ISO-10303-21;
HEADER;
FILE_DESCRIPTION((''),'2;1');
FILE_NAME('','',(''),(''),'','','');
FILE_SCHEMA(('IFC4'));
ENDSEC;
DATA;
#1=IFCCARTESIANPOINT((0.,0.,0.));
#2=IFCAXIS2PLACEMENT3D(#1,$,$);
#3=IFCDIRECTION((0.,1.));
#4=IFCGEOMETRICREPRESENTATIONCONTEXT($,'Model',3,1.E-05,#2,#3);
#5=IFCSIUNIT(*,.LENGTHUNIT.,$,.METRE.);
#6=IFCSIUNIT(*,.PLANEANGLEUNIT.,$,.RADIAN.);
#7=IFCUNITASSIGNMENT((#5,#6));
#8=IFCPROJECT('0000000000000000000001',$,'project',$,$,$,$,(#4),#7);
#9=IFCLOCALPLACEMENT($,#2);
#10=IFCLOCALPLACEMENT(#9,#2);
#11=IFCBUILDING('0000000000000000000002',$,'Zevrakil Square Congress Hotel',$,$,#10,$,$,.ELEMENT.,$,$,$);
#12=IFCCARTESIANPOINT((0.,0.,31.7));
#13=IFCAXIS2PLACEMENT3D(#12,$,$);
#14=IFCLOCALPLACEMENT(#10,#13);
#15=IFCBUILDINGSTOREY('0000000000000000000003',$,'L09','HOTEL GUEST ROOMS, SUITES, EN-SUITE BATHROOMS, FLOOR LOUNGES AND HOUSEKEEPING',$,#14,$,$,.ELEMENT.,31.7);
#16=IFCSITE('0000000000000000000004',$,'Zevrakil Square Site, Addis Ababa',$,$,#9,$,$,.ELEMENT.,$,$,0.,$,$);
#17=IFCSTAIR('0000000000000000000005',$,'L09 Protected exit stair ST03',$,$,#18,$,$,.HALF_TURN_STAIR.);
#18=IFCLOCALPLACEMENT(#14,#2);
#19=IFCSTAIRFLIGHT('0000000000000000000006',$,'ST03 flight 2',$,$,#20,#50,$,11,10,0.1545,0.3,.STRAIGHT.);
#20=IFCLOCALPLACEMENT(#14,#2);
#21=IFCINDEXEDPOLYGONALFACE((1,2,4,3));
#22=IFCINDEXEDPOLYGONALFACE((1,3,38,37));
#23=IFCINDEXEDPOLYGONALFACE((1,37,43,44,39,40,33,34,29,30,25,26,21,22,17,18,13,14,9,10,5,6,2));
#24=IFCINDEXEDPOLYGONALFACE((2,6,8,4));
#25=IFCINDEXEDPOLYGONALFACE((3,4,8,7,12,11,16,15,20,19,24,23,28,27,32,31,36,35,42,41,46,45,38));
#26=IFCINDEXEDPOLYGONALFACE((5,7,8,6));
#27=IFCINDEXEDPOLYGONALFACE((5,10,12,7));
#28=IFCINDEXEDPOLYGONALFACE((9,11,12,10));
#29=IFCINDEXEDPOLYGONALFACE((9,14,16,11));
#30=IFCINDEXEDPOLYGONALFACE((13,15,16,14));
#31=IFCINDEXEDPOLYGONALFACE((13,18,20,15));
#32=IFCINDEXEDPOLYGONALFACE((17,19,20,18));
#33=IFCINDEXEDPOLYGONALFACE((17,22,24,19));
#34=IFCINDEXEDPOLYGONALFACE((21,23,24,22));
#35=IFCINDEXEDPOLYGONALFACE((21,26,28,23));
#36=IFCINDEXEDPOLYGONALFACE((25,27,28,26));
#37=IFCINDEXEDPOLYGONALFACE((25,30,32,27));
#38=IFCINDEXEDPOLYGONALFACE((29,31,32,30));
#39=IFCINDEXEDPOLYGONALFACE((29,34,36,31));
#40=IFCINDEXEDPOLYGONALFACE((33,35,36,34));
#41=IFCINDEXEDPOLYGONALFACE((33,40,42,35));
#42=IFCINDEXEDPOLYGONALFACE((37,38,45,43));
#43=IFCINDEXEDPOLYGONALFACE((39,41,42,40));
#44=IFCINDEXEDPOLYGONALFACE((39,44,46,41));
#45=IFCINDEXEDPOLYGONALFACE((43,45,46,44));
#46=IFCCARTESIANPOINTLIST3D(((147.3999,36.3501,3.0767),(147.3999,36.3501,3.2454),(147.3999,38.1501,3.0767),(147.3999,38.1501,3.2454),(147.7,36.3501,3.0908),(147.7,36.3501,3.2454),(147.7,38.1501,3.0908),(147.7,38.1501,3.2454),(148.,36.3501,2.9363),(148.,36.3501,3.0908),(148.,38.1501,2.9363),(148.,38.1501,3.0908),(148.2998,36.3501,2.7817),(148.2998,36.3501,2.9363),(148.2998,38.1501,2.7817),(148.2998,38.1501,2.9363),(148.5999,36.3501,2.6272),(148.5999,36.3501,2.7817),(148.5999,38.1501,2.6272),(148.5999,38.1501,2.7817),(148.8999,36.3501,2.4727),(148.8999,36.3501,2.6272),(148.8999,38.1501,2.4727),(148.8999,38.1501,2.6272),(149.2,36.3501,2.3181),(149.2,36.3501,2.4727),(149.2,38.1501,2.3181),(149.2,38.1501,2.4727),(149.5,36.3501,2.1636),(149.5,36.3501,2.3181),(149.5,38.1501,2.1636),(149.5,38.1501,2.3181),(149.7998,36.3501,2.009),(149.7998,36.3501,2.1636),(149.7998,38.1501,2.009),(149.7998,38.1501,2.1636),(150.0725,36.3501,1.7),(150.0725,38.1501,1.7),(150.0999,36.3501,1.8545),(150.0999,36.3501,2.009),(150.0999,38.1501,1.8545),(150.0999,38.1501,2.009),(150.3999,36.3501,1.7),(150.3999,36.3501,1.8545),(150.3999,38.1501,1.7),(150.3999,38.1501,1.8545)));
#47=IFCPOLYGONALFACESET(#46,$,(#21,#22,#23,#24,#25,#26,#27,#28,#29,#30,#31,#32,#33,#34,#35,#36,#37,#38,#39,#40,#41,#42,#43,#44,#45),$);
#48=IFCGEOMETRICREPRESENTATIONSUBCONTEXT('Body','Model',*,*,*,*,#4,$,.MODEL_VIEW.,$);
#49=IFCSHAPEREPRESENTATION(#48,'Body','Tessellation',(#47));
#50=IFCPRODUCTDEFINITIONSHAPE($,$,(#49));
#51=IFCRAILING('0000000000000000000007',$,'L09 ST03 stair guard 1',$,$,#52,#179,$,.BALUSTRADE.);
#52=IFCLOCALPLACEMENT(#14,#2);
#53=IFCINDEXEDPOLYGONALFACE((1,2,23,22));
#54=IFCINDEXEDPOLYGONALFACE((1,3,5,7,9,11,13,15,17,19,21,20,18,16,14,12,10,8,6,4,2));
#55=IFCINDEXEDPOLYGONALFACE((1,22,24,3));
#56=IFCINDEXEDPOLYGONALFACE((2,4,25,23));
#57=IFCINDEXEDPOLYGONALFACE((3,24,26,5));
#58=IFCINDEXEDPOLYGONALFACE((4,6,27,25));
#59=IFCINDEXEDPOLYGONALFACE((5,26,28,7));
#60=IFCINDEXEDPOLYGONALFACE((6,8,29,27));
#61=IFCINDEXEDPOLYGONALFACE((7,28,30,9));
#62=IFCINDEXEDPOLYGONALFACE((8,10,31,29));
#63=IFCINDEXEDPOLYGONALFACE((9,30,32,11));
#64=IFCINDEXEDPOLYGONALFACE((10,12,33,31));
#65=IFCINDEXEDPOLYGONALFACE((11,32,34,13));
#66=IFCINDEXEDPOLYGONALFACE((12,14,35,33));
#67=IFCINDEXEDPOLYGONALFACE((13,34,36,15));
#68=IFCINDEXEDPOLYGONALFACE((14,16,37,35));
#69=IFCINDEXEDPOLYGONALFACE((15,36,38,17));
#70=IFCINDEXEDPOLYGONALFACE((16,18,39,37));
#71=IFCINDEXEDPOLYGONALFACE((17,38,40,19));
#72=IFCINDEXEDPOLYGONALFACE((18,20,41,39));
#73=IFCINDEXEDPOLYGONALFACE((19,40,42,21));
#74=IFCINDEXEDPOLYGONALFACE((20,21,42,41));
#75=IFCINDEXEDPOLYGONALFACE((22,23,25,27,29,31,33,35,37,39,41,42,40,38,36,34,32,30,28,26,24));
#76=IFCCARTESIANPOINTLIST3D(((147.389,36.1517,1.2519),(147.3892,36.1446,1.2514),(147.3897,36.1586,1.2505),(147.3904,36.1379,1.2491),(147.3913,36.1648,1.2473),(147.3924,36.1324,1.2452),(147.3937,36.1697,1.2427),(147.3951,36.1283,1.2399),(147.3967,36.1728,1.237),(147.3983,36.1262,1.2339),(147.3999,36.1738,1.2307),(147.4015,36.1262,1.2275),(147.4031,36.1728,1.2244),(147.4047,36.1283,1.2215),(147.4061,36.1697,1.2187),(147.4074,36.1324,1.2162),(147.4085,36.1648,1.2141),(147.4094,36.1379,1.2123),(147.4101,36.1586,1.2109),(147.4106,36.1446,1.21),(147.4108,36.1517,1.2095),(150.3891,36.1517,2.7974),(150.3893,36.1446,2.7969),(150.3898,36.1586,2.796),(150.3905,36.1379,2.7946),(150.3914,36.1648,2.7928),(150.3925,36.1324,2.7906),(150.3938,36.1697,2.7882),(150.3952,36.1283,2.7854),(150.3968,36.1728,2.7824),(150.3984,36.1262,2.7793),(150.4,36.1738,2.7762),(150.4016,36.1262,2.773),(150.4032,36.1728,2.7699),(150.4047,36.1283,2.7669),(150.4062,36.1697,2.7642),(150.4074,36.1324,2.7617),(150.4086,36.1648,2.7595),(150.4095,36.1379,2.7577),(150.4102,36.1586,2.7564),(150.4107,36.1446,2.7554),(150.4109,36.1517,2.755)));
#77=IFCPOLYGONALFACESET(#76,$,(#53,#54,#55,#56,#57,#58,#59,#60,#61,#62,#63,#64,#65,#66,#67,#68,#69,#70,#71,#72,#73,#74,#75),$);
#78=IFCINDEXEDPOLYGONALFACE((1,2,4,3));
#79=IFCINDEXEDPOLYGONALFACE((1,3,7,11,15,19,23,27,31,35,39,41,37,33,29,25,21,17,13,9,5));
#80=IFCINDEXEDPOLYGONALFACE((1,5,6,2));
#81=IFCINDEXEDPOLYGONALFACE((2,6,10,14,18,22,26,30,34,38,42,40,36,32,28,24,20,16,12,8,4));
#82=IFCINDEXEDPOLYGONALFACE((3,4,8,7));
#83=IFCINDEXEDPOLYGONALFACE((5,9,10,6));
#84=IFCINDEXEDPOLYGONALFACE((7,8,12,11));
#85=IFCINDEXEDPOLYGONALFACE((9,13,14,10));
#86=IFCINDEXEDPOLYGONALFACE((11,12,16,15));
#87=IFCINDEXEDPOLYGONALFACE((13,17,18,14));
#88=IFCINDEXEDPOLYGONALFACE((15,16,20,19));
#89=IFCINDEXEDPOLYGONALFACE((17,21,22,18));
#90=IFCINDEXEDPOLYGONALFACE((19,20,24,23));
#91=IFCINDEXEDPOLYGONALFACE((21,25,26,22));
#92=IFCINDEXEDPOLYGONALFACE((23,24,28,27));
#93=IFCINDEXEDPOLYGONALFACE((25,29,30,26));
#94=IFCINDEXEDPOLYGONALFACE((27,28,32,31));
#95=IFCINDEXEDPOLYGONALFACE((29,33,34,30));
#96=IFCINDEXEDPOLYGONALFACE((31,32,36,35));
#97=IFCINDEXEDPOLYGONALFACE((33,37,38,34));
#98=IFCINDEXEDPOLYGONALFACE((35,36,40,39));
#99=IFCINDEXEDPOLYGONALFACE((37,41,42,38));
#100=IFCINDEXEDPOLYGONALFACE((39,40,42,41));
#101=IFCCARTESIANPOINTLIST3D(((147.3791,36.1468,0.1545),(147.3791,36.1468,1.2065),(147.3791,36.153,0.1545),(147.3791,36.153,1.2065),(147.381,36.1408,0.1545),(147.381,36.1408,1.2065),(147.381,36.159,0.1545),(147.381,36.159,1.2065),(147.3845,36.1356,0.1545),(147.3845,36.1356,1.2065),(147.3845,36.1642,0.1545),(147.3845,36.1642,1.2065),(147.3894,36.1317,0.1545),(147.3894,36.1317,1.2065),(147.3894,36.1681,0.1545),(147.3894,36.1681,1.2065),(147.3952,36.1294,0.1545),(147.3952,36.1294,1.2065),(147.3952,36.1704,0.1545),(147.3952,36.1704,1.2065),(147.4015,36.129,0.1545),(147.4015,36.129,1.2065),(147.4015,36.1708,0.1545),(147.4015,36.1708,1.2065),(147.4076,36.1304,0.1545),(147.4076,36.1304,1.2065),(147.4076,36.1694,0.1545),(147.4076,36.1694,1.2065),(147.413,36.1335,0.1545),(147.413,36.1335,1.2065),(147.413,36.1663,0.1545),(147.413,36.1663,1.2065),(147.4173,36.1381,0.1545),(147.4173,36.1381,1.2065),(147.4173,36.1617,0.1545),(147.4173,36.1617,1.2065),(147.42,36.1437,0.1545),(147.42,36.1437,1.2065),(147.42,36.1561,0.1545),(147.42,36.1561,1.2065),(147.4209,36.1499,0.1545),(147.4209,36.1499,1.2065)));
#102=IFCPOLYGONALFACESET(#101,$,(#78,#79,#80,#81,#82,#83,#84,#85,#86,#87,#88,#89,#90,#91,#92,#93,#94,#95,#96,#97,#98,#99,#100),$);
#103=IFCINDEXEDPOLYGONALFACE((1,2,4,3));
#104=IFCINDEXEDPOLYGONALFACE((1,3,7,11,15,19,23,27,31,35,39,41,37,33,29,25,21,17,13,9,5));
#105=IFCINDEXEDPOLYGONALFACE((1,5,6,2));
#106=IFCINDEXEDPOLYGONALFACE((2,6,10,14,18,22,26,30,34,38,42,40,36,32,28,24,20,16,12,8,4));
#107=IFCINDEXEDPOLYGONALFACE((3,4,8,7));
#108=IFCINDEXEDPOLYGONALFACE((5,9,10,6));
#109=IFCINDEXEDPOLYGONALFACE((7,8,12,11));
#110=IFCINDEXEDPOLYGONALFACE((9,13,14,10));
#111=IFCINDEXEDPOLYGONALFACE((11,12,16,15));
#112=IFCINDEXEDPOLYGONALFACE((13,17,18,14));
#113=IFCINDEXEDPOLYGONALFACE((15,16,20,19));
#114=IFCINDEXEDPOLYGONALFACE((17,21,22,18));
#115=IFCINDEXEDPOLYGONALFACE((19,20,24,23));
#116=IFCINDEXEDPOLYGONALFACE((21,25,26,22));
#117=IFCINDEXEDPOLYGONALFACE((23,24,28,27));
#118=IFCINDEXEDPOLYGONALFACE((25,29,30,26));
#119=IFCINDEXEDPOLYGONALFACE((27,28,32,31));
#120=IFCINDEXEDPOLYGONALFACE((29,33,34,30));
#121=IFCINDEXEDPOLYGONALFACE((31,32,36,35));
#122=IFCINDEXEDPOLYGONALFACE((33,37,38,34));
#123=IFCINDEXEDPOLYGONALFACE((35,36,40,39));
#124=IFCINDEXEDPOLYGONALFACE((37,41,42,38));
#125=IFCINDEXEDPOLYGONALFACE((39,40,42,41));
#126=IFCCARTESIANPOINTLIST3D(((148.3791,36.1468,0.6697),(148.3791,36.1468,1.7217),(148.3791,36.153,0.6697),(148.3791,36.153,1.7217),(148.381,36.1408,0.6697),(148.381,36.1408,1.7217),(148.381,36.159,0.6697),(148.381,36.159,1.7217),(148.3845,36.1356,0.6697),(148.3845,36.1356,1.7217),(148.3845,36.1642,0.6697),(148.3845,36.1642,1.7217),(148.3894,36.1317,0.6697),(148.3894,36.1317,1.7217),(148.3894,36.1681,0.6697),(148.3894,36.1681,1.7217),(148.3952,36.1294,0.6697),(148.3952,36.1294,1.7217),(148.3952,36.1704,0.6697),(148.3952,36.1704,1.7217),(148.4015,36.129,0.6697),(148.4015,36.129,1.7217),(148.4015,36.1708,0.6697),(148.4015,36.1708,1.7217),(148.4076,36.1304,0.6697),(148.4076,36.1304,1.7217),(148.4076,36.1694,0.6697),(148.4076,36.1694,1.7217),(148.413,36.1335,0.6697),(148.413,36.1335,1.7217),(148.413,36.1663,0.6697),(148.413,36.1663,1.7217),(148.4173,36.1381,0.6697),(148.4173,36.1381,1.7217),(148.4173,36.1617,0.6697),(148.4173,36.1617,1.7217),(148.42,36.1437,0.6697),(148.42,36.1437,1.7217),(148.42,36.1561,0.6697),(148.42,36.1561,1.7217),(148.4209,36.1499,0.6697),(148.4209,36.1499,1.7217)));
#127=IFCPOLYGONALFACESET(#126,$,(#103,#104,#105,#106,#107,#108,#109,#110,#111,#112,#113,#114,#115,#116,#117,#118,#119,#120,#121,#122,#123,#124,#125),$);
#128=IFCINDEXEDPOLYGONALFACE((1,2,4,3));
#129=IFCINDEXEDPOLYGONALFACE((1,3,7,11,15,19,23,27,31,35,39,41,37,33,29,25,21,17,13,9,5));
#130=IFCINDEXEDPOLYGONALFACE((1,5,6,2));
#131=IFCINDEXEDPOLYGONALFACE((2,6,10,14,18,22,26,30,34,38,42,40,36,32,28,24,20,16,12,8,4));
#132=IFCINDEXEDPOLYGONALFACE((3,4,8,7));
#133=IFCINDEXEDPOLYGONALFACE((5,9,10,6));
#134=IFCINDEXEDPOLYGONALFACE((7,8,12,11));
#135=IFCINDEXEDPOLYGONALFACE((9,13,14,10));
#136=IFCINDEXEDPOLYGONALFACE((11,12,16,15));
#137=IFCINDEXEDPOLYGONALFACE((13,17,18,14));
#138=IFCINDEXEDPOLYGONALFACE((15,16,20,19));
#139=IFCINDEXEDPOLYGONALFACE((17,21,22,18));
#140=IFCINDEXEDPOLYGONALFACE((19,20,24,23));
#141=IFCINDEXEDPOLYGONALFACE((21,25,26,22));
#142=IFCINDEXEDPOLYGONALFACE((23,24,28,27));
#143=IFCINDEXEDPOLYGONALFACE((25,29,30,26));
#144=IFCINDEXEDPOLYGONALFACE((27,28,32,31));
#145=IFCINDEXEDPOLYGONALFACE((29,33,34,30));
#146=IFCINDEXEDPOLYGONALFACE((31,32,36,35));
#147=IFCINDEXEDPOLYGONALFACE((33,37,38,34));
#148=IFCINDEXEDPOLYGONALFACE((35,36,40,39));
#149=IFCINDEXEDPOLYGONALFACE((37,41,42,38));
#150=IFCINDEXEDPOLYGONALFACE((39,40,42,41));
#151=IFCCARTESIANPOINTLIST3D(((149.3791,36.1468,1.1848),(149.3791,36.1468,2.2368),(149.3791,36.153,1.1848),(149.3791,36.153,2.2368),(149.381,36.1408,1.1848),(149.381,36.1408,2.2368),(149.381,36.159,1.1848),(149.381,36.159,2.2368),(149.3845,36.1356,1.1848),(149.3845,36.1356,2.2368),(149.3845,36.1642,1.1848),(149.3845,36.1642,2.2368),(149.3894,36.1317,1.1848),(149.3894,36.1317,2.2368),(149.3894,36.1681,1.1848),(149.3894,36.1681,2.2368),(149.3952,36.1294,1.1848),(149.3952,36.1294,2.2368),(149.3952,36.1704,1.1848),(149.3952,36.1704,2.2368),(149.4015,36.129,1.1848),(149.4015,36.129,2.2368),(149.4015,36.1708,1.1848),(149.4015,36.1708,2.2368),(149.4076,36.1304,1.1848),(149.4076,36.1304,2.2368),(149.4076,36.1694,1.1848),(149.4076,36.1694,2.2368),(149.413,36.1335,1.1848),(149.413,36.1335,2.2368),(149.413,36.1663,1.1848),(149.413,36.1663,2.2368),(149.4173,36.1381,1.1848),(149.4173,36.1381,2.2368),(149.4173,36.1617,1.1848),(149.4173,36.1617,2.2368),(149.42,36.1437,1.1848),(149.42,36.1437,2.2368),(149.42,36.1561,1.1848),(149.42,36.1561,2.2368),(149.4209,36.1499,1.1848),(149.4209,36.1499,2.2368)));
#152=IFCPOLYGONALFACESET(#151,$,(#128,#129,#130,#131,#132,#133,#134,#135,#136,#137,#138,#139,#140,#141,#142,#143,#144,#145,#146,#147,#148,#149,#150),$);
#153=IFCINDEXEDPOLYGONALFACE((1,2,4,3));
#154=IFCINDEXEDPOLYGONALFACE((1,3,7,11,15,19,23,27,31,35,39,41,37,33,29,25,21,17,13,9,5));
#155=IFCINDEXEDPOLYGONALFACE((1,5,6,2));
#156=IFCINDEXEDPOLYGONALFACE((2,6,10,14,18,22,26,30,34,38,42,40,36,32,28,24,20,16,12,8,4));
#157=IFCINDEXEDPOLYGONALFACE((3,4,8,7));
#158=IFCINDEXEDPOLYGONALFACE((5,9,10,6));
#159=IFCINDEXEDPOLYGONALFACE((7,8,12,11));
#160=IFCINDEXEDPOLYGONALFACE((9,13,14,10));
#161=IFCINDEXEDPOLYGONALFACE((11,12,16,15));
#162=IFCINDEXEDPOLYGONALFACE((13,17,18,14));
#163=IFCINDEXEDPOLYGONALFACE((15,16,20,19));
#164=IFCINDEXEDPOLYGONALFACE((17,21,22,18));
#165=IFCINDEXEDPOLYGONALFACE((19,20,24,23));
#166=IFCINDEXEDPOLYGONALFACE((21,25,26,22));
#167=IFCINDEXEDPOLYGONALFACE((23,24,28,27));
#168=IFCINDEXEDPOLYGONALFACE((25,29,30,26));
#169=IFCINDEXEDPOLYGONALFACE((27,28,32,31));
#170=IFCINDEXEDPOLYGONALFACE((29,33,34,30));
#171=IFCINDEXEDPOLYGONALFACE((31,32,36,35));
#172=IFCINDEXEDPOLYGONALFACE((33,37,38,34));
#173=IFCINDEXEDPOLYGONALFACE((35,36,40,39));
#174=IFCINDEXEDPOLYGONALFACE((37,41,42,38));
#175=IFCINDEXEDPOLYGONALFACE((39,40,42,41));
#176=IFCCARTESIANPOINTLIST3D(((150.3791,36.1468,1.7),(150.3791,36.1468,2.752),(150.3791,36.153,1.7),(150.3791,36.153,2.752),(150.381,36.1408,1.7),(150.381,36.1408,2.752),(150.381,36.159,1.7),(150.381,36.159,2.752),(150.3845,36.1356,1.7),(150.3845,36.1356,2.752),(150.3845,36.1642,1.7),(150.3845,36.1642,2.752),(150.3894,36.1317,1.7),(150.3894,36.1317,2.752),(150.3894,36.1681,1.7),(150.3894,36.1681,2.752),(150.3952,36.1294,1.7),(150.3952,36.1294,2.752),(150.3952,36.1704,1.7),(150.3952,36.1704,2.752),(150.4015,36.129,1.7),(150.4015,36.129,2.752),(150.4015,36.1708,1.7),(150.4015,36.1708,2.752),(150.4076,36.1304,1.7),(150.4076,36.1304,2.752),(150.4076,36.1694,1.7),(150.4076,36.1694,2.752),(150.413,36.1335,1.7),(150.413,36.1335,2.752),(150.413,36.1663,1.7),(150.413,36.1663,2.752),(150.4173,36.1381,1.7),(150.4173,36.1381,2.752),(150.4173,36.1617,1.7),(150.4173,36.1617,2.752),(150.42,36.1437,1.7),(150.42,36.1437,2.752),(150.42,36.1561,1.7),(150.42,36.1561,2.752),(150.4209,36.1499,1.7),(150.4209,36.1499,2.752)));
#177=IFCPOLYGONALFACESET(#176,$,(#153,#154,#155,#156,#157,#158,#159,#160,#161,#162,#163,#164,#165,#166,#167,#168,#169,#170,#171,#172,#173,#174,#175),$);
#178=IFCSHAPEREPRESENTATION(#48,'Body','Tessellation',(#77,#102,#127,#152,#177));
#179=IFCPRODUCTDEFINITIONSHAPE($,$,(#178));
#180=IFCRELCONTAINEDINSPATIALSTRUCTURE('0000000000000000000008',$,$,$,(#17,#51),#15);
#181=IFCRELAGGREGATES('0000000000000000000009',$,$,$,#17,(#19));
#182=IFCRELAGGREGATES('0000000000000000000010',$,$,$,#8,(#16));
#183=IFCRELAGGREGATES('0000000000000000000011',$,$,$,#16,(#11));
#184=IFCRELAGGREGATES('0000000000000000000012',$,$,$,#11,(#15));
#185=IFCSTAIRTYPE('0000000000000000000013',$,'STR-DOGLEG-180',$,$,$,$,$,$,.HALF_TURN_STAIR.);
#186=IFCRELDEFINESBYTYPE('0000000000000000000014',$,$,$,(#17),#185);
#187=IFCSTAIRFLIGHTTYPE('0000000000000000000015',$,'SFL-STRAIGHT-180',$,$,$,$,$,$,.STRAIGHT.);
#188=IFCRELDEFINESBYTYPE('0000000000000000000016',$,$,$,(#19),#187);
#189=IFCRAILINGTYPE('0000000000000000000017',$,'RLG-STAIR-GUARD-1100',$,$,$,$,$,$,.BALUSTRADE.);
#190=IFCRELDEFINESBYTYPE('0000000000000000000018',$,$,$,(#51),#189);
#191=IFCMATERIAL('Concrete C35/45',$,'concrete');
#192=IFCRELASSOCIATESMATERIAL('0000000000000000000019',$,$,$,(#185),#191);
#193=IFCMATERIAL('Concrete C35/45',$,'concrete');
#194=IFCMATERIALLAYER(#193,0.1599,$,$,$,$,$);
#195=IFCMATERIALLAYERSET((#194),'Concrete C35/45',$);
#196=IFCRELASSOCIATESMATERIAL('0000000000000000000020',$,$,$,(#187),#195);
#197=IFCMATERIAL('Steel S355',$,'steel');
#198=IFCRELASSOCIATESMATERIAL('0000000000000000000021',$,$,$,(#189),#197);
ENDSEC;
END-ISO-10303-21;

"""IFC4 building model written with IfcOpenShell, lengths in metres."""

from ifc_helpers import new_model, si_unit, direction, frame, origin, origin_2d, place, context, subcontext, project, spatial, polyline, circle, outline, extrude, material, layer, layer_set, type_object, element, aggregate, save


model = new_model("IFC4")

# Units and contexts
model_context = context("Model", 3, precision=1e-05, world=origin(), true_north=direction((0.0, 1.0)))
body_context = subcontext(model_context, "Body", "Model", "MODEL_VIEW")
ifc_project = project(units=[si_unit("LENGTHUNIT", "METRE"), si_unit("PLANEANGLEUNIT", "RADIAN")], contexts=[model_context])

# Site, building, storey
site_placement = place(None, origin())
site = spatial("IfcSite", under=ifc_project, at=site_placement, Name="Zevrakil Square Site, Addis Ababa", CompositionType="ELEMENT", RefElevation=0.0)
building_placement = place(site_placement, origin())
building = spatial("IfcBuilding", under=site, at=building_placement, Name="Zevrakil Square Congress Hotel", CompositionType="ELEMENT")
storey_placement = place(building_placement, frame((0.0, 0.0, 31.7)))
storey = spatial("IfcBuildingStorey", under=building, at=storey_placement, Name="L09", Description="HOTEL GUEST ROOMS, SUITES, EN-SUITE BATHROOMS, FLOOR LOUNGES AND HOUSEKEEPING", CompositionType="ELEMENT", Elevation=31.7)

# Stair, stair flight
ifc_material_1 = material(Name="Concrete C35/45", Category="concrete")
stair_type = type_object("IfcStairType", Name="STR-DOGLEG-180", PredefinedType="HALF_TURN_STAIR", material=ifc_material_1)
stair_placement = place(storey_placement, origin())
stair = element("IfcStair", 1, at=stair_placement, inside=storey, type_object=stair_type, Name="L09 Protected exit stair ST03", PredefinedType="HALF_TURN_STAIR")
ifc_material_2 = material(Name="Concrete C35/45", Category="concrete")
ifc_layer_1 = layer(ifc_material_2, 0.1599)
ifc_layer_set_1 = layer_set([ifc_layer_1], Name="Concrete C35/45")
stair_flight_type = type_object("IfcStairFlightType", Name="SFL-STRAIGHT-180", PredefinedType="STRAIGHT", material=ifc_layer_set_1)
stair_flight_1_placement = place(storey_placement, frame((150.3999, 37.25, 1.7), z_axis=(0.0, 0.0, 1.0), x_axis=(-1.0, 0.0, 0.0)))
stair_flight_1 = element("IfcStairFlight", 2, at=stair_flight_1_placement, type_object=stair_flight_type, Name="ST03 flight 2", NumberOfRisers=11, NumberOfTreads=10, PredefinedType="STRAIGHT", RiserHeight=0.1545, TreadLength=0.3, context=body_context, shape_type="SweptSolid", body=[
    extrude(outline(polyline([(0.0, 0.0), (0.0, 0.1545), (0.3, 0.1545), (0.3, 0.3091), (0.6001, 0.3091), (0.6001, 0.4636), (0.8999, 0.4636), (0.8999, 0.6182), (1.2, 0.6182), (1.2, 0.7727), (1.5, 0.7727), (1.5, 0.9272), (1.8, 0.9272), (1.8, 1.0818), (2.1001, 1.0818), (2.1001, 1.2363), (2.3999, 1.2363), (2.3999, 1.3909), (2.7, 1.3909), (2.7, 1.5454), (3.0, 1.5454), (3.0, 1.7), (3.0, 1.3767), (0.3274, 0.0), (0.0, 0.0)])), frame((0.0, 0.8999, 0.0), z_axis=(0.0, -1.0, 0.0), x_axis=(1.0, 0.0, 0.0)), (0.0, 0.0, 1.0), 1.8),
])
aggregate(stair, [stair_flight_1])

# Railing
ifc_material_3 = material(Name="Steel S355", Category="steel")
railing_type_1 = type_object("IfcRailingType", Name="RLG-STAIR-GUARD-1100", PredefinedType="BALUSTRADE", material=ifc_material_3)
railing_1_placement = place(storey_placement, frame((147.3999, 36.1499, 0.1545)))
element("IfcRailing", 3, at=railing_1_placement, inside=storey, type_object=railing_type_1, Name="L09 ST03 stair guard 1", PredefinedType="BALUSTRADE", context=body_context, shape_type="SweptSolid", body=[
    extrude(circle(Radius=0.0239, at=origin_2d()), frame((0.0, 0.0, 1.0762), z_axis=(0.88898, 0.0, 0.457946), x_axis=(0.0, 1.0, 0.0)), (0.0, 0.0, 1.0), 3.3748),
    extrude(circle(Radius=0.021, at=origin_2d()), origin(), (0.0, 0.0, 1.0), 1.052),
    extrude(circle(Radius=0.021, at=origin_2d()), frame((1.0, 0.0, 0.5151)), (0.0, 0.0, 1.0), 1.052),
    extrude(circle(Radius=0.021, at=origin_2d()), frame((2.0, 0.0, 1.0303)), (0.0, 0.0, 1.0), 1.052),
    extrude(circle(Radius=0.021, at=origin_2d()), frame((3.0, 0.0, 1.5454)), (0.0, 0.0, 1.0), 1.052),
])

save(model, "model.ifc")
